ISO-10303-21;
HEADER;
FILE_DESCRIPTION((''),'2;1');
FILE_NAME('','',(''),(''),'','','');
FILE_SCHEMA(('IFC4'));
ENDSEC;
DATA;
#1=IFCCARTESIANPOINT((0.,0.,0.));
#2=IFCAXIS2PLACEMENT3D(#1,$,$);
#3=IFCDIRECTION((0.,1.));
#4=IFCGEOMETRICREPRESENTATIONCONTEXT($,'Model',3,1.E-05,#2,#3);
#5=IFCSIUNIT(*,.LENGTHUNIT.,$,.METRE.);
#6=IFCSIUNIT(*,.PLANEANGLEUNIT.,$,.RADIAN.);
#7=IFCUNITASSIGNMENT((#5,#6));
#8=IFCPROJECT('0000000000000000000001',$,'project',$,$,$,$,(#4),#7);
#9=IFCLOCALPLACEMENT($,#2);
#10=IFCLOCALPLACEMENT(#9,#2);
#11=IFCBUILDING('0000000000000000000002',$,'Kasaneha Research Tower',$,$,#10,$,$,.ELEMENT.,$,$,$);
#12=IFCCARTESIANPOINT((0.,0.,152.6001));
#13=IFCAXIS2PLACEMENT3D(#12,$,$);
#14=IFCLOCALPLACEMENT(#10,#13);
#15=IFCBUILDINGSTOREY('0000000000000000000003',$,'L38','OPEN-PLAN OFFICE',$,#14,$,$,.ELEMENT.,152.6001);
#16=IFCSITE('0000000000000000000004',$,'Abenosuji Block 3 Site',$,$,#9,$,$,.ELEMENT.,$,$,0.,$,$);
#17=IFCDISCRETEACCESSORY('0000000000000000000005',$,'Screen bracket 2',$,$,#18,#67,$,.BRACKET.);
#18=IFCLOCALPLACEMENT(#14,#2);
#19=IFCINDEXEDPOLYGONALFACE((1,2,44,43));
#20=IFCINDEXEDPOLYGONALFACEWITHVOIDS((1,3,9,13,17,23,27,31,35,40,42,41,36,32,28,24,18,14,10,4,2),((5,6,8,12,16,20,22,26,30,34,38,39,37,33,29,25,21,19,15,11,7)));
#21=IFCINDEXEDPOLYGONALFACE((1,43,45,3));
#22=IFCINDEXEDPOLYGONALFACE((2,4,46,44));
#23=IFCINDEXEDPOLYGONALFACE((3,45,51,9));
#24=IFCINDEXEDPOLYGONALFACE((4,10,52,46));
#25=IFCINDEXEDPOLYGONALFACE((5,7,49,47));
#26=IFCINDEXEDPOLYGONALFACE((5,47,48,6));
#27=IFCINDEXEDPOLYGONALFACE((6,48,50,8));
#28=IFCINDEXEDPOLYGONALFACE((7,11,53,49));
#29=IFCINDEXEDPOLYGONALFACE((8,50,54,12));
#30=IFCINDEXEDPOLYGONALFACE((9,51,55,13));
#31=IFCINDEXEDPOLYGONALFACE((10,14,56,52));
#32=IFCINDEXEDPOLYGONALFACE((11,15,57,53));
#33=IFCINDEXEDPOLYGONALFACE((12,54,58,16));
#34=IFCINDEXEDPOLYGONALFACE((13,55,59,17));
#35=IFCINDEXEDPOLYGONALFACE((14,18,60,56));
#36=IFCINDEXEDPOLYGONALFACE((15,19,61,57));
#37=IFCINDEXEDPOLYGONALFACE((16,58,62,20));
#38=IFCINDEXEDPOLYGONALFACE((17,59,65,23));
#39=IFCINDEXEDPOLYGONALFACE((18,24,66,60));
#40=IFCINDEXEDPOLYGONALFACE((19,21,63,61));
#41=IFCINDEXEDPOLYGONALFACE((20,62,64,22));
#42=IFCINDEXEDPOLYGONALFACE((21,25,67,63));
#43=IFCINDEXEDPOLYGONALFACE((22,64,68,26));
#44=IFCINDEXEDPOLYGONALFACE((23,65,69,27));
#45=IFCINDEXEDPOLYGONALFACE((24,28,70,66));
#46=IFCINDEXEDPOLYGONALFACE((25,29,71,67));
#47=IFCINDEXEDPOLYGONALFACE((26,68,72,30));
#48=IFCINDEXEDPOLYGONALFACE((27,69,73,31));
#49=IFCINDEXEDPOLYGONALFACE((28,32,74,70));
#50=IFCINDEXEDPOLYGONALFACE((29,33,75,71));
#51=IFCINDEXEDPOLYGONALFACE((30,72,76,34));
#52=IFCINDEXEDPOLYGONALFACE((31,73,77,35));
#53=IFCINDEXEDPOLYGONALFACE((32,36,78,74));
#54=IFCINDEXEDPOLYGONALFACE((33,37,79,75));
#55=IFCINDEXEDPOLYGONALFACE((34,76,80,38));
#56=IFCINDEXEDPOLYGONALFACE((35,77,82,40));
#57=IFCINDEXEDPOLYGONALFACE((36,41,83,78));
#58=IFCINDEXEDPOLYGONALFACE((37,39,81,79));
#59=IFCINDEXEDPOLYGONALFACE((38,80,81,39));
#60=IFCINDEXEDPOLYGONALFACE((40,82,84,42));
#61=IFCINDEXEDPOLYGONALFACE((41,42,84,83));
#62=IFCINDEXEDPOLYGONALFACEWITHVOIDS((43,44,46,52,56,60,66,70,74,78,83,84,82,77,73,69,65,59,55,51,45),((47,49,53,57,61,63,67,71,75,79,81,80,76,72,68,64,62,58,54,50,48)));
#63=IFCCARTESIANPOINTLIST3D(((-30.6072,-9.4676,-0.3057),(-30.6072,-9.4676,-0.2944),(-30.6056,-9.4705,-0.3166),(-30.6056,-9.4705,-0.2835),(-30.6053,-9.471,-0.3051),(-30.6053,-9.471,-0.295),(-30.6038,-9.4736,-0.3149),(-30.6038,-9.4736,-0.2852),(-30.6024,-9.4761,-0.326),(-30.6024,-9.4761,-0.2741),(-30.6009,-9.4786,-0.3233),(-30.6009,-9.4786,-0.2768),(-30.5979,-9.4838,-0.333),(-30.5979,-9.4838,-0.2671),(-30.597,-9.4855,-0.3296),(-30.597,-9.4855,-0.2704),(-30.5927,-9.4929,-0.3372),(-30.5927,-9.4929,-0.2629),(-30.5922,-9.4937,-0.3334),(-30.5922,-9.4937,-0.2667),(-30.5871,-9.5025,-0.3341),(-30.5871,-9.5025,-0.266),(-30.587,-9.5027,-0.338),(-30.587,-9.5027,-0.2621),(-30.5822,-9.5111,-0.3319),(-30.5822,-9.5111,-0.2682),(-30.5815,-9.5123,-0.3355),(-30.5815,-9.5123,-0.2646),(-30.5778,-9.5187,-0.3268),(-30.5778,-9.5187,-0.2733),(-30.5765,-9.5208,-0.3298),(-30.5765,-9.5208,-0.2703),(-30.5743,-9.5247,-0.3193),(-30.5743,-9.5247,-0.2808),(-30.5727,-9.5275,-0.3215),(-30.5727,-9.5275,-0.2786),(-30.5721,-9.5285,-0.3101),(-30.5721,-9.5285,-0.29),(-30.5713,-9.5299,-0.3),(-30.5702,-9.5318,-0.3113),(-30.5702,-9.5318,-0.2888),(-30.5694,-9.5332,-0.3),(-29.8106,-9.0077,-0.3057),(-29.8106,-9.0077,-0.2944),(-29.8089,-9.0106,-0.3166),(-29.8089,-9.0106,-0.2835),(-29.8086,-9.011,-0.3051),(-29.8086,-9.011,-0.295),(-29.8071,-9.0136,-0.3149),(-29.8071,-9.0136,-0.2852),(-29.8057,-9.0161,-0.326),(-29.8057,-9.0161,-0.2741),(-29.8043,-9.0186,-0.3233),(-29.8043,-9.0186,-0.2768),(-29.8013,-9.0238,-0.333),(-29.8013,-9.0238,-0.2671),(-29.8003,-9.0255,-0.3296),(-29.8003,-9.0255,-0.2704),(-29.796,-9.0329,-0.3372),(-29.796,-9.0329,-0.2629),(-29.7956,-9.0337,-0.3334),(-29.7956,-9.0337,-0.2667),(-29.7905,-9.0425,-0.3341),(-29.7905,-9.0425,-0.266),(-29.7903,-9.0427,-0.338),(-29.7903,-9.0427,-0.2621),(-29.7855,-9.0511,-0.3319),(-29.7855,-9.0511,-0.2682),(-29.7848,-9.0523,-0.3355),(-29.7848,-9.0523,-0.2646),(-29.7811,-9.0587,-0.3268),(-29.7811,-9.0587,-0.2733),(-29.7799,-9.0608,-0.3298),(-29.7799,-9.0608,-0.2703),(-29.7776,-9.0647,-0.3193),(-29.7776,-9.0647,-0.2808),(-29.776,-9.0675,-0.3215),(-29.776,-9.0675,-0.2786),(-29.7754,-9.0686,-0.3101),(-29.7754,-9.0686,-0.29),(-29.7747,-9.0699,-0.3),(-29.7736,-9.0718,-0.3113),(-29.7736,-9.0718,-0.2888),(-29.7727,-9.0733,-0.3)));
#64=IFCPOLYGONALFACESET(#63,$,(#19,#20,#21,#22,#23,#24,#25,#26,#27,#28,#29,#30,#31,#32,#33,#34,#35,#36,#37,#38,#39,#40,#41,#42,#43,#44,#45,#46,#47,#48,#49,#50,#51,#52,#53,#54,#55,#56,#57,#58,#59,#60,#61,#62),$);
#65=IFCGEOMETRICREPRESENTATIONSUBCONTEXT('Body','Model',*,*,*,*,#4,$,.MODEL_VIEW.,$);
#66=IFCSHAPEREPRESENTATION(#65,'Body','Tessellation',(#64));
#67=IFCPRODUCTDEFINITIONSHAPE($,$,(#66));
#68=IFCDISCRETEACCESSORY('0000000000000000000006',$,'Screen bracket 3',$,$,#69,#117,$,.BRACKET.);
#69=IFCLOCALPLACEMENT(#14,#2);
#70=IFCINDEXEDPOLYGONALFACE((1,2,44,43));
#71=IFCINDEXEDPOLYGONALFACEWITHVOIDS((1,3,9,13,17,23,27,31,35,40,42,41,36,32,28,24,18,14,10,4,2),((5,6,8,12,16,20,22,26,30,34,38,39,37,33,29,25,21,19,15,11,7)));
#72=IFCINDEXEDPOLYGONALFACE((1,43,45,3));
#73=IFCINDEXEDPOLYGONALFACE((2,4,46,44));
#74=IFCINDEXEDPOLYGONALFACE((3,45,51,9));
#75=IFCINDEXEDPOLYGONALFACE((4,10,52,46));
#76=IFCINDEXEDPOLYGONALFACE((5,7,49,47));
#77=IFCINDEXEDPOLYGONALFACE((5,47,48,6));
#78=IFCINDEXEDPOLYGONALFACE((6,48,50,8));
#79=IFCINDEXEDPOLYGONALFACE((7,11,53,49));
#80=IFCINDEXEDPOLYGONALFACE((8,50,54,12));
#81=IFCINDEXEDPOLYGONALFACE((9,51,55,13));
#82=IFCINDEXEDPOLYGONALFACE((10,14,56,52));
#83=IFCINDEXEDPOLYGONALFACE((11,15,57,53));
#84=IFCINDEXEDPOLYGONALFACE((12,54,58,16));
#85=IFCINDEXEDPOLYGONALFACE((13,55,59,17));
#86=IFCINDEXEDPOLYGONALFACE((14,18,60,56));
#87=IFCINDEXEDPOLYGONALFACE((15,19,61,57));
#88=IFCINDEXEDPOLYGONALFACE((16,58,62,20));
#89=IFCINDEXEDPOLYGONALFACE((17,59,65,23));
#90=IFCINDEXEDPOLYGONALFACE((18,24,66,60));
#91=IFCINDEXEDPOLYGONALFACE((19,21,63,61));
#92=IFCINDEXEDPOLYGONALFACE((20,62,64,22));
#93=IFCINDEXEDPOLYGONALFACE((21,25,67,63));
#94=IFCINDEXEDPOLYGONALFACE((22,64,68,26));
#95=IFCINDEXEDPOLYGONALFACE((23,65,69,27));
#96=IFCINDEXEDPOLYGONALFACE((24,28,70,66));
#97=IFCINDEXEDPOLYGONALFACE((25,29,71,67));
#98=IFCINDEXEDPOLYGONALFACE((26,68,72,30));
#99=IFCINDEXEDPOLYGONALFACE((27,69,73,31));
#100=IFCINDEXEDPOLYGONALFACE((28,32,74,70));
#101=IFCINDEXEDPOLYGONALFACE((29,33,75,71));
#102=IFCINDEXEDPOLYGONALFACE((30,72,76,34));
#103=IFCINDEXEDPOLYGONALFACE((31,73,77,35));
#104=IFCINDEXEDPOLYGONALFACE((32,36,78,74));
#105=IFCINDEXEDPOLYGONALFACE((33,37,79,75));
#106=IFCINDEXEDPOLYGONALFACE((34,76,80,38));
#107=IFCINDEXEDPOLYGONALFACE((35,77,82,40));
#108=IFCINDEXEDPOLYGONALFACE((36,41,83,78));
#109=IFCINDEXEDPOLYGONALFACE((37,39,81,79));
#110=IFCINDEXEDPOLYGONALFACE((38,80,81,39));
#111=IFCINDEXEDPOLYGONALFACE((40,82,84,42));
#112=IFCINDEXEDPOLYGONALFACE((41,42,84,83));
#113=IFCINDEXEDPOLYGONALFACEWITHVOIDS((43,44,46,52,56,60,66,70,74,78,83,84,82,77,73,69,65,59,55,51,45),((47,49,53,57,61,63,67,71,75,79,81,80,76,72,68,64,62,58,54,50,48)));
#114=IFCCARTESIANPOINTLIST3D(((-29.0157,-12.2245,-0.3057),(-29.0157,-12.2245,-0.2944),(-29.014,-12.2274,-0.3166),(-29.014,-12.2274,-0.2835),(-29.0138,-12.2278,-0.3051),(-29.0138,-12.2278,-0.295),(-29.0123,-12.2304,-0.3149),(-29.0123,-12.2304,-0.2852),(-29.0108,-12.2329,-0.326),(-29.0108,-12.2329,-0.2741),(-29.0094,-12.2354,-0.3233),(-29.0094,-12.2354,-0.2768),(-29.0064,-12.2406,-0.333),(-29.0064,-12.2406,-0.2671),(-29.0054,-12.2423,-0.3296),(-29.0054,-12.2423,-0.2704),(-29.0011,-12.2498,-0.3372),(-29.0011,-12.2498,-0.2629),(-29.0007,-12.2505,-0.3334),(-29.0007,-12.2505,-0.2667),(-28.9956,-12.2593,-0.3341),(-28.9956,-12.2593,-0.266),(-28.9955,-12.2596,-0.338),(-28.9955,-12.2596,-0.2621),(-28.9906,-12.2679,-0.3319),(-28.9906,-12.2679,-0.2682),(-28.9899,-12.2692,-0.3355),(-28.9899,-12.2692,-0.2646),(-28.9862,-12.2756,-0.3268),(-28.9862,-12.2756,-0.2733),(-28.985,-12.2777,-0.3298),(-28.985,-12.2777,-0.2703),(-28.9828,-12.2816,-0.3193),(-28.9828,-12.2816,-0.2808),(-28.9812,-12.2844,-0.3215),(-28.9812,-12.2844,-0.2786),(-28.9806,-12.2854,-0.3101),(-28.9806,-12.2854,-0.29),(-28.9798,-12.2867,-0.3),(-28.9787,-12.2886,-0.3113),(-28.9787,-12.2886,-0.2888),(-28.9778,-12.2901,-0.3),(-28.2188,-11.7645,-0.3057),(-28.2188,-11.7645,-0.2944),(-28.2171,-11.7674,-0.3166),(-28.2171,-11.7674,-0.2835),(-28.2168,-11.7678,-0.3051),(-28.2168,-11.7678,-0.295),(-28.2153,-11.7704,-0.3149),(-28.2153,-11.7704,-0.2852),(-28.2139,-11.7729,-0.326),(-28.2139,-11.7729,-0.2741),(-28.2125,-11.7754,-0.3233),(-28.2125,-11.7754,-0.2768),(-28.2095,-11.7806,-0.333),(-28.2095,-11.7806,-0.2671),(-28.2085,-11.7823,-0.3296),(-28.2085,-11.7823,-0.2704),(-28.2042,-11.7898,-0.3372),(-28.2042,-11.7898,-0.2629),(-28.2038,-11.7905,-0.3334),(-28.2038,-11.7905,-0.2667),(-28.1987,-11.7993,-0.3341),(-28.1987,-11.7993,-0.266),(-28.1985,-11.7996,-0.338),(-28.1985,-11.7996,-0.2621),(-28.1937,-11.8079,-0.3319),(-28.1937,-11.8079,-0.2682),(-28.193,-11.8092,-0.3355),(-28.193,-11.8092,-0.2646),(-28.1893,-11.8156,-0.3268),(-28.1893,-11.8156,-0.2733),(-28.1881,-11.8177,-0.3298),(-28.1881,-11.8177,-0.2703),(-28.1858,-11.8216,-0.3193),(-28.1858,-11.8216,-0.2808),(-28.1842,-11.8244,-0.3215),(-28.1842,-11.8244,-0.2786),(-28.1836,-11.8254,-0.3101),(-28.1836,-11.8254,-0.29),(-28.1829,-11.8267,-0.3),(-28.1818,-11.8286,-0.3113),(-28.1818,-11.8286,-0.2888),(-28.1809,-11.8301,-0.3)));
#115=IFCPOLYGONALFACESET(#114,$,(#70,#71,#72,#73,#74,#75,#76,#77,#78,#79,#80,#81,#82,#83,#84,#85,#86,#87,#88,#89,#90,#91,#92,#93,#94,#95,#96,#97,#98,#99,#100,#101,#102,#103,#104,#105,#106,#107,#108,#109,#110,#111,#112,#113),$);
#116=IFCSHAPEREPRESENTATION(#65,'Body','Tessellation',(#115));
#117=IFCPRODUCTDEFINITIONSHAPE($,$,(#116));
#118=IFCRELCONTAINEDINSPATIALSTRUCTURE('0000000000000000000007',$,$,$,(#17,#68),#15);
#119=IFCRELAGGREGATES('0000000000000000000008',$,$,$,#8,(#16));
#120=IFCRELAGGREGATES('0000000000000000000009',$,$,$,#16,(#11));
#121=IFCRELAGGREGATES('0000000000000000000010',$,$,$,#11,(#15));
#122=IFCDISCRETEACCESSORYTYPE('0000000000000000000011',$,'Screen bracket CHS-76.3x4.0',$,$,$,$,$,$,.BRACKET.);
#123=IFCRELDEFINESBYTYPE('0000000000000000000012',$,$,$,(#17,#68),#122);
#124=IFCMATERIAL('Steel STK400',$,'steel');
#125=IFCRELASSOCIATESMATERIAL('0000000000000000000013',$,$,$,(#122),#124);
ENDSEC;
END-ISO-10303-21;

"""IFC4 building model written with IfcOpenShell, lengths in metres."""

from ifc_helpers import new_model, si_unit, direction, frame, origin, origin_2d, place, context, subcontext, project, spatial, hollow_circle, extrude, material, material_profile, profile_set, type_object, element, save


model = new_model("IFC4")

# Units and contexts
model_context = context("Model", 3, precision=1e-05, world=origin(), true_north=direction((0.0, 1.0)))
body_context = subcontext(model_context, "Body", "Model", "MODEL_VIEW")
ifc_project = project(units=[si_unit("LENGTHUNIT", "METRE"), si_unit("PLANEANGLEUNIT", "RADIAN")], contexts=[model_context])

# Site, building, storey
site_placement = place(None, origin())
site = spatial("IfcSite", under=ifc_project, at=site_placement, Name="Abenosuji Block 3 Site", CompositionType="ELEMENT", RefElevation=0.0)
building_placement = place(site_placement, origin())
building = spatial("IfcBuilding", under=site, at=building_placement, Name="Kasaneha Research Tower", CompositionType="ELEMENT")
storey_placement = place(building_placement, frame((0.0, 0.0, 152.6001)))
storey = spatial("IfcBuildingStorey", under=building, at=storey_placement, Name="L38", Description="OPEN-PLAN OFFICE", CompositionType="ELEMENT", Elevation=152.6001)

# Discrete accessories
ifc_material_1 = material(Name="Steel STK400", Category="steel")
ifc_material_profile_1 = material_profile(ifc_material_1, hollow_circle(Radius=0.0381, WallThickness=0.0039, at=origin_2d()), Name="CHS-76.3x4.0")
ifc_profile_set_1 = profile_set([ifc_material_profile_1], Name="Steel STK400")
discrete_accessory_type = type_object("IfcDiscreteAccessoryType", Name="Screen bracket CHS-76.3x4.0", PredefinedType="BRACKET", material=ifc_profile_set_1)
discrete_accessory_1_placement = place(storey_placement, frame((-29.7917, -9.0403, -0.3), z_axis=(-0.866013, -0.500021, 0.0), x_axis=(0.500021, -0.866013, 0.0)))
element("IfcDiscreteAccessory", 1, at=discrete_accessory_1_placement, inside=storey, type_object=discrete_accessory_type, Name="Screen bracket 2", PredefinedType="BRACKET", context=body_context, shape_type="SweptSolid", body=[
    extrude(hollow_circle(Radius=0.0381, WallThickness=0.0039, at=origin_2d()), origin(), (0.0, 0.0, 1.0), 0.9199),
])
discrete_accessory_2_placement = place(storey_placement, frame((-28.2, -11.7971, -0.3), z_axis=(-0.86608, -0.499906, 0.0), x_axis=(0.499906, -0.86608, 0.0)))
element("IfcDiscreteAccessory", 2, at=discrete_accessory_2_placement, inside=storey, type_object=discrete_accessory_type, Name="Screen bracket 3", PredefinedType="BRACKET", context=body_context, shape_type="SweptSolid", body=[
    extrude(hollow_circle(Radius=0.0381, WallThickness=0.0039, at=origin_2d()), origin(), (0.0, 0.0, 1.0), 0.9202),
])

save(model, "model.ifc")
